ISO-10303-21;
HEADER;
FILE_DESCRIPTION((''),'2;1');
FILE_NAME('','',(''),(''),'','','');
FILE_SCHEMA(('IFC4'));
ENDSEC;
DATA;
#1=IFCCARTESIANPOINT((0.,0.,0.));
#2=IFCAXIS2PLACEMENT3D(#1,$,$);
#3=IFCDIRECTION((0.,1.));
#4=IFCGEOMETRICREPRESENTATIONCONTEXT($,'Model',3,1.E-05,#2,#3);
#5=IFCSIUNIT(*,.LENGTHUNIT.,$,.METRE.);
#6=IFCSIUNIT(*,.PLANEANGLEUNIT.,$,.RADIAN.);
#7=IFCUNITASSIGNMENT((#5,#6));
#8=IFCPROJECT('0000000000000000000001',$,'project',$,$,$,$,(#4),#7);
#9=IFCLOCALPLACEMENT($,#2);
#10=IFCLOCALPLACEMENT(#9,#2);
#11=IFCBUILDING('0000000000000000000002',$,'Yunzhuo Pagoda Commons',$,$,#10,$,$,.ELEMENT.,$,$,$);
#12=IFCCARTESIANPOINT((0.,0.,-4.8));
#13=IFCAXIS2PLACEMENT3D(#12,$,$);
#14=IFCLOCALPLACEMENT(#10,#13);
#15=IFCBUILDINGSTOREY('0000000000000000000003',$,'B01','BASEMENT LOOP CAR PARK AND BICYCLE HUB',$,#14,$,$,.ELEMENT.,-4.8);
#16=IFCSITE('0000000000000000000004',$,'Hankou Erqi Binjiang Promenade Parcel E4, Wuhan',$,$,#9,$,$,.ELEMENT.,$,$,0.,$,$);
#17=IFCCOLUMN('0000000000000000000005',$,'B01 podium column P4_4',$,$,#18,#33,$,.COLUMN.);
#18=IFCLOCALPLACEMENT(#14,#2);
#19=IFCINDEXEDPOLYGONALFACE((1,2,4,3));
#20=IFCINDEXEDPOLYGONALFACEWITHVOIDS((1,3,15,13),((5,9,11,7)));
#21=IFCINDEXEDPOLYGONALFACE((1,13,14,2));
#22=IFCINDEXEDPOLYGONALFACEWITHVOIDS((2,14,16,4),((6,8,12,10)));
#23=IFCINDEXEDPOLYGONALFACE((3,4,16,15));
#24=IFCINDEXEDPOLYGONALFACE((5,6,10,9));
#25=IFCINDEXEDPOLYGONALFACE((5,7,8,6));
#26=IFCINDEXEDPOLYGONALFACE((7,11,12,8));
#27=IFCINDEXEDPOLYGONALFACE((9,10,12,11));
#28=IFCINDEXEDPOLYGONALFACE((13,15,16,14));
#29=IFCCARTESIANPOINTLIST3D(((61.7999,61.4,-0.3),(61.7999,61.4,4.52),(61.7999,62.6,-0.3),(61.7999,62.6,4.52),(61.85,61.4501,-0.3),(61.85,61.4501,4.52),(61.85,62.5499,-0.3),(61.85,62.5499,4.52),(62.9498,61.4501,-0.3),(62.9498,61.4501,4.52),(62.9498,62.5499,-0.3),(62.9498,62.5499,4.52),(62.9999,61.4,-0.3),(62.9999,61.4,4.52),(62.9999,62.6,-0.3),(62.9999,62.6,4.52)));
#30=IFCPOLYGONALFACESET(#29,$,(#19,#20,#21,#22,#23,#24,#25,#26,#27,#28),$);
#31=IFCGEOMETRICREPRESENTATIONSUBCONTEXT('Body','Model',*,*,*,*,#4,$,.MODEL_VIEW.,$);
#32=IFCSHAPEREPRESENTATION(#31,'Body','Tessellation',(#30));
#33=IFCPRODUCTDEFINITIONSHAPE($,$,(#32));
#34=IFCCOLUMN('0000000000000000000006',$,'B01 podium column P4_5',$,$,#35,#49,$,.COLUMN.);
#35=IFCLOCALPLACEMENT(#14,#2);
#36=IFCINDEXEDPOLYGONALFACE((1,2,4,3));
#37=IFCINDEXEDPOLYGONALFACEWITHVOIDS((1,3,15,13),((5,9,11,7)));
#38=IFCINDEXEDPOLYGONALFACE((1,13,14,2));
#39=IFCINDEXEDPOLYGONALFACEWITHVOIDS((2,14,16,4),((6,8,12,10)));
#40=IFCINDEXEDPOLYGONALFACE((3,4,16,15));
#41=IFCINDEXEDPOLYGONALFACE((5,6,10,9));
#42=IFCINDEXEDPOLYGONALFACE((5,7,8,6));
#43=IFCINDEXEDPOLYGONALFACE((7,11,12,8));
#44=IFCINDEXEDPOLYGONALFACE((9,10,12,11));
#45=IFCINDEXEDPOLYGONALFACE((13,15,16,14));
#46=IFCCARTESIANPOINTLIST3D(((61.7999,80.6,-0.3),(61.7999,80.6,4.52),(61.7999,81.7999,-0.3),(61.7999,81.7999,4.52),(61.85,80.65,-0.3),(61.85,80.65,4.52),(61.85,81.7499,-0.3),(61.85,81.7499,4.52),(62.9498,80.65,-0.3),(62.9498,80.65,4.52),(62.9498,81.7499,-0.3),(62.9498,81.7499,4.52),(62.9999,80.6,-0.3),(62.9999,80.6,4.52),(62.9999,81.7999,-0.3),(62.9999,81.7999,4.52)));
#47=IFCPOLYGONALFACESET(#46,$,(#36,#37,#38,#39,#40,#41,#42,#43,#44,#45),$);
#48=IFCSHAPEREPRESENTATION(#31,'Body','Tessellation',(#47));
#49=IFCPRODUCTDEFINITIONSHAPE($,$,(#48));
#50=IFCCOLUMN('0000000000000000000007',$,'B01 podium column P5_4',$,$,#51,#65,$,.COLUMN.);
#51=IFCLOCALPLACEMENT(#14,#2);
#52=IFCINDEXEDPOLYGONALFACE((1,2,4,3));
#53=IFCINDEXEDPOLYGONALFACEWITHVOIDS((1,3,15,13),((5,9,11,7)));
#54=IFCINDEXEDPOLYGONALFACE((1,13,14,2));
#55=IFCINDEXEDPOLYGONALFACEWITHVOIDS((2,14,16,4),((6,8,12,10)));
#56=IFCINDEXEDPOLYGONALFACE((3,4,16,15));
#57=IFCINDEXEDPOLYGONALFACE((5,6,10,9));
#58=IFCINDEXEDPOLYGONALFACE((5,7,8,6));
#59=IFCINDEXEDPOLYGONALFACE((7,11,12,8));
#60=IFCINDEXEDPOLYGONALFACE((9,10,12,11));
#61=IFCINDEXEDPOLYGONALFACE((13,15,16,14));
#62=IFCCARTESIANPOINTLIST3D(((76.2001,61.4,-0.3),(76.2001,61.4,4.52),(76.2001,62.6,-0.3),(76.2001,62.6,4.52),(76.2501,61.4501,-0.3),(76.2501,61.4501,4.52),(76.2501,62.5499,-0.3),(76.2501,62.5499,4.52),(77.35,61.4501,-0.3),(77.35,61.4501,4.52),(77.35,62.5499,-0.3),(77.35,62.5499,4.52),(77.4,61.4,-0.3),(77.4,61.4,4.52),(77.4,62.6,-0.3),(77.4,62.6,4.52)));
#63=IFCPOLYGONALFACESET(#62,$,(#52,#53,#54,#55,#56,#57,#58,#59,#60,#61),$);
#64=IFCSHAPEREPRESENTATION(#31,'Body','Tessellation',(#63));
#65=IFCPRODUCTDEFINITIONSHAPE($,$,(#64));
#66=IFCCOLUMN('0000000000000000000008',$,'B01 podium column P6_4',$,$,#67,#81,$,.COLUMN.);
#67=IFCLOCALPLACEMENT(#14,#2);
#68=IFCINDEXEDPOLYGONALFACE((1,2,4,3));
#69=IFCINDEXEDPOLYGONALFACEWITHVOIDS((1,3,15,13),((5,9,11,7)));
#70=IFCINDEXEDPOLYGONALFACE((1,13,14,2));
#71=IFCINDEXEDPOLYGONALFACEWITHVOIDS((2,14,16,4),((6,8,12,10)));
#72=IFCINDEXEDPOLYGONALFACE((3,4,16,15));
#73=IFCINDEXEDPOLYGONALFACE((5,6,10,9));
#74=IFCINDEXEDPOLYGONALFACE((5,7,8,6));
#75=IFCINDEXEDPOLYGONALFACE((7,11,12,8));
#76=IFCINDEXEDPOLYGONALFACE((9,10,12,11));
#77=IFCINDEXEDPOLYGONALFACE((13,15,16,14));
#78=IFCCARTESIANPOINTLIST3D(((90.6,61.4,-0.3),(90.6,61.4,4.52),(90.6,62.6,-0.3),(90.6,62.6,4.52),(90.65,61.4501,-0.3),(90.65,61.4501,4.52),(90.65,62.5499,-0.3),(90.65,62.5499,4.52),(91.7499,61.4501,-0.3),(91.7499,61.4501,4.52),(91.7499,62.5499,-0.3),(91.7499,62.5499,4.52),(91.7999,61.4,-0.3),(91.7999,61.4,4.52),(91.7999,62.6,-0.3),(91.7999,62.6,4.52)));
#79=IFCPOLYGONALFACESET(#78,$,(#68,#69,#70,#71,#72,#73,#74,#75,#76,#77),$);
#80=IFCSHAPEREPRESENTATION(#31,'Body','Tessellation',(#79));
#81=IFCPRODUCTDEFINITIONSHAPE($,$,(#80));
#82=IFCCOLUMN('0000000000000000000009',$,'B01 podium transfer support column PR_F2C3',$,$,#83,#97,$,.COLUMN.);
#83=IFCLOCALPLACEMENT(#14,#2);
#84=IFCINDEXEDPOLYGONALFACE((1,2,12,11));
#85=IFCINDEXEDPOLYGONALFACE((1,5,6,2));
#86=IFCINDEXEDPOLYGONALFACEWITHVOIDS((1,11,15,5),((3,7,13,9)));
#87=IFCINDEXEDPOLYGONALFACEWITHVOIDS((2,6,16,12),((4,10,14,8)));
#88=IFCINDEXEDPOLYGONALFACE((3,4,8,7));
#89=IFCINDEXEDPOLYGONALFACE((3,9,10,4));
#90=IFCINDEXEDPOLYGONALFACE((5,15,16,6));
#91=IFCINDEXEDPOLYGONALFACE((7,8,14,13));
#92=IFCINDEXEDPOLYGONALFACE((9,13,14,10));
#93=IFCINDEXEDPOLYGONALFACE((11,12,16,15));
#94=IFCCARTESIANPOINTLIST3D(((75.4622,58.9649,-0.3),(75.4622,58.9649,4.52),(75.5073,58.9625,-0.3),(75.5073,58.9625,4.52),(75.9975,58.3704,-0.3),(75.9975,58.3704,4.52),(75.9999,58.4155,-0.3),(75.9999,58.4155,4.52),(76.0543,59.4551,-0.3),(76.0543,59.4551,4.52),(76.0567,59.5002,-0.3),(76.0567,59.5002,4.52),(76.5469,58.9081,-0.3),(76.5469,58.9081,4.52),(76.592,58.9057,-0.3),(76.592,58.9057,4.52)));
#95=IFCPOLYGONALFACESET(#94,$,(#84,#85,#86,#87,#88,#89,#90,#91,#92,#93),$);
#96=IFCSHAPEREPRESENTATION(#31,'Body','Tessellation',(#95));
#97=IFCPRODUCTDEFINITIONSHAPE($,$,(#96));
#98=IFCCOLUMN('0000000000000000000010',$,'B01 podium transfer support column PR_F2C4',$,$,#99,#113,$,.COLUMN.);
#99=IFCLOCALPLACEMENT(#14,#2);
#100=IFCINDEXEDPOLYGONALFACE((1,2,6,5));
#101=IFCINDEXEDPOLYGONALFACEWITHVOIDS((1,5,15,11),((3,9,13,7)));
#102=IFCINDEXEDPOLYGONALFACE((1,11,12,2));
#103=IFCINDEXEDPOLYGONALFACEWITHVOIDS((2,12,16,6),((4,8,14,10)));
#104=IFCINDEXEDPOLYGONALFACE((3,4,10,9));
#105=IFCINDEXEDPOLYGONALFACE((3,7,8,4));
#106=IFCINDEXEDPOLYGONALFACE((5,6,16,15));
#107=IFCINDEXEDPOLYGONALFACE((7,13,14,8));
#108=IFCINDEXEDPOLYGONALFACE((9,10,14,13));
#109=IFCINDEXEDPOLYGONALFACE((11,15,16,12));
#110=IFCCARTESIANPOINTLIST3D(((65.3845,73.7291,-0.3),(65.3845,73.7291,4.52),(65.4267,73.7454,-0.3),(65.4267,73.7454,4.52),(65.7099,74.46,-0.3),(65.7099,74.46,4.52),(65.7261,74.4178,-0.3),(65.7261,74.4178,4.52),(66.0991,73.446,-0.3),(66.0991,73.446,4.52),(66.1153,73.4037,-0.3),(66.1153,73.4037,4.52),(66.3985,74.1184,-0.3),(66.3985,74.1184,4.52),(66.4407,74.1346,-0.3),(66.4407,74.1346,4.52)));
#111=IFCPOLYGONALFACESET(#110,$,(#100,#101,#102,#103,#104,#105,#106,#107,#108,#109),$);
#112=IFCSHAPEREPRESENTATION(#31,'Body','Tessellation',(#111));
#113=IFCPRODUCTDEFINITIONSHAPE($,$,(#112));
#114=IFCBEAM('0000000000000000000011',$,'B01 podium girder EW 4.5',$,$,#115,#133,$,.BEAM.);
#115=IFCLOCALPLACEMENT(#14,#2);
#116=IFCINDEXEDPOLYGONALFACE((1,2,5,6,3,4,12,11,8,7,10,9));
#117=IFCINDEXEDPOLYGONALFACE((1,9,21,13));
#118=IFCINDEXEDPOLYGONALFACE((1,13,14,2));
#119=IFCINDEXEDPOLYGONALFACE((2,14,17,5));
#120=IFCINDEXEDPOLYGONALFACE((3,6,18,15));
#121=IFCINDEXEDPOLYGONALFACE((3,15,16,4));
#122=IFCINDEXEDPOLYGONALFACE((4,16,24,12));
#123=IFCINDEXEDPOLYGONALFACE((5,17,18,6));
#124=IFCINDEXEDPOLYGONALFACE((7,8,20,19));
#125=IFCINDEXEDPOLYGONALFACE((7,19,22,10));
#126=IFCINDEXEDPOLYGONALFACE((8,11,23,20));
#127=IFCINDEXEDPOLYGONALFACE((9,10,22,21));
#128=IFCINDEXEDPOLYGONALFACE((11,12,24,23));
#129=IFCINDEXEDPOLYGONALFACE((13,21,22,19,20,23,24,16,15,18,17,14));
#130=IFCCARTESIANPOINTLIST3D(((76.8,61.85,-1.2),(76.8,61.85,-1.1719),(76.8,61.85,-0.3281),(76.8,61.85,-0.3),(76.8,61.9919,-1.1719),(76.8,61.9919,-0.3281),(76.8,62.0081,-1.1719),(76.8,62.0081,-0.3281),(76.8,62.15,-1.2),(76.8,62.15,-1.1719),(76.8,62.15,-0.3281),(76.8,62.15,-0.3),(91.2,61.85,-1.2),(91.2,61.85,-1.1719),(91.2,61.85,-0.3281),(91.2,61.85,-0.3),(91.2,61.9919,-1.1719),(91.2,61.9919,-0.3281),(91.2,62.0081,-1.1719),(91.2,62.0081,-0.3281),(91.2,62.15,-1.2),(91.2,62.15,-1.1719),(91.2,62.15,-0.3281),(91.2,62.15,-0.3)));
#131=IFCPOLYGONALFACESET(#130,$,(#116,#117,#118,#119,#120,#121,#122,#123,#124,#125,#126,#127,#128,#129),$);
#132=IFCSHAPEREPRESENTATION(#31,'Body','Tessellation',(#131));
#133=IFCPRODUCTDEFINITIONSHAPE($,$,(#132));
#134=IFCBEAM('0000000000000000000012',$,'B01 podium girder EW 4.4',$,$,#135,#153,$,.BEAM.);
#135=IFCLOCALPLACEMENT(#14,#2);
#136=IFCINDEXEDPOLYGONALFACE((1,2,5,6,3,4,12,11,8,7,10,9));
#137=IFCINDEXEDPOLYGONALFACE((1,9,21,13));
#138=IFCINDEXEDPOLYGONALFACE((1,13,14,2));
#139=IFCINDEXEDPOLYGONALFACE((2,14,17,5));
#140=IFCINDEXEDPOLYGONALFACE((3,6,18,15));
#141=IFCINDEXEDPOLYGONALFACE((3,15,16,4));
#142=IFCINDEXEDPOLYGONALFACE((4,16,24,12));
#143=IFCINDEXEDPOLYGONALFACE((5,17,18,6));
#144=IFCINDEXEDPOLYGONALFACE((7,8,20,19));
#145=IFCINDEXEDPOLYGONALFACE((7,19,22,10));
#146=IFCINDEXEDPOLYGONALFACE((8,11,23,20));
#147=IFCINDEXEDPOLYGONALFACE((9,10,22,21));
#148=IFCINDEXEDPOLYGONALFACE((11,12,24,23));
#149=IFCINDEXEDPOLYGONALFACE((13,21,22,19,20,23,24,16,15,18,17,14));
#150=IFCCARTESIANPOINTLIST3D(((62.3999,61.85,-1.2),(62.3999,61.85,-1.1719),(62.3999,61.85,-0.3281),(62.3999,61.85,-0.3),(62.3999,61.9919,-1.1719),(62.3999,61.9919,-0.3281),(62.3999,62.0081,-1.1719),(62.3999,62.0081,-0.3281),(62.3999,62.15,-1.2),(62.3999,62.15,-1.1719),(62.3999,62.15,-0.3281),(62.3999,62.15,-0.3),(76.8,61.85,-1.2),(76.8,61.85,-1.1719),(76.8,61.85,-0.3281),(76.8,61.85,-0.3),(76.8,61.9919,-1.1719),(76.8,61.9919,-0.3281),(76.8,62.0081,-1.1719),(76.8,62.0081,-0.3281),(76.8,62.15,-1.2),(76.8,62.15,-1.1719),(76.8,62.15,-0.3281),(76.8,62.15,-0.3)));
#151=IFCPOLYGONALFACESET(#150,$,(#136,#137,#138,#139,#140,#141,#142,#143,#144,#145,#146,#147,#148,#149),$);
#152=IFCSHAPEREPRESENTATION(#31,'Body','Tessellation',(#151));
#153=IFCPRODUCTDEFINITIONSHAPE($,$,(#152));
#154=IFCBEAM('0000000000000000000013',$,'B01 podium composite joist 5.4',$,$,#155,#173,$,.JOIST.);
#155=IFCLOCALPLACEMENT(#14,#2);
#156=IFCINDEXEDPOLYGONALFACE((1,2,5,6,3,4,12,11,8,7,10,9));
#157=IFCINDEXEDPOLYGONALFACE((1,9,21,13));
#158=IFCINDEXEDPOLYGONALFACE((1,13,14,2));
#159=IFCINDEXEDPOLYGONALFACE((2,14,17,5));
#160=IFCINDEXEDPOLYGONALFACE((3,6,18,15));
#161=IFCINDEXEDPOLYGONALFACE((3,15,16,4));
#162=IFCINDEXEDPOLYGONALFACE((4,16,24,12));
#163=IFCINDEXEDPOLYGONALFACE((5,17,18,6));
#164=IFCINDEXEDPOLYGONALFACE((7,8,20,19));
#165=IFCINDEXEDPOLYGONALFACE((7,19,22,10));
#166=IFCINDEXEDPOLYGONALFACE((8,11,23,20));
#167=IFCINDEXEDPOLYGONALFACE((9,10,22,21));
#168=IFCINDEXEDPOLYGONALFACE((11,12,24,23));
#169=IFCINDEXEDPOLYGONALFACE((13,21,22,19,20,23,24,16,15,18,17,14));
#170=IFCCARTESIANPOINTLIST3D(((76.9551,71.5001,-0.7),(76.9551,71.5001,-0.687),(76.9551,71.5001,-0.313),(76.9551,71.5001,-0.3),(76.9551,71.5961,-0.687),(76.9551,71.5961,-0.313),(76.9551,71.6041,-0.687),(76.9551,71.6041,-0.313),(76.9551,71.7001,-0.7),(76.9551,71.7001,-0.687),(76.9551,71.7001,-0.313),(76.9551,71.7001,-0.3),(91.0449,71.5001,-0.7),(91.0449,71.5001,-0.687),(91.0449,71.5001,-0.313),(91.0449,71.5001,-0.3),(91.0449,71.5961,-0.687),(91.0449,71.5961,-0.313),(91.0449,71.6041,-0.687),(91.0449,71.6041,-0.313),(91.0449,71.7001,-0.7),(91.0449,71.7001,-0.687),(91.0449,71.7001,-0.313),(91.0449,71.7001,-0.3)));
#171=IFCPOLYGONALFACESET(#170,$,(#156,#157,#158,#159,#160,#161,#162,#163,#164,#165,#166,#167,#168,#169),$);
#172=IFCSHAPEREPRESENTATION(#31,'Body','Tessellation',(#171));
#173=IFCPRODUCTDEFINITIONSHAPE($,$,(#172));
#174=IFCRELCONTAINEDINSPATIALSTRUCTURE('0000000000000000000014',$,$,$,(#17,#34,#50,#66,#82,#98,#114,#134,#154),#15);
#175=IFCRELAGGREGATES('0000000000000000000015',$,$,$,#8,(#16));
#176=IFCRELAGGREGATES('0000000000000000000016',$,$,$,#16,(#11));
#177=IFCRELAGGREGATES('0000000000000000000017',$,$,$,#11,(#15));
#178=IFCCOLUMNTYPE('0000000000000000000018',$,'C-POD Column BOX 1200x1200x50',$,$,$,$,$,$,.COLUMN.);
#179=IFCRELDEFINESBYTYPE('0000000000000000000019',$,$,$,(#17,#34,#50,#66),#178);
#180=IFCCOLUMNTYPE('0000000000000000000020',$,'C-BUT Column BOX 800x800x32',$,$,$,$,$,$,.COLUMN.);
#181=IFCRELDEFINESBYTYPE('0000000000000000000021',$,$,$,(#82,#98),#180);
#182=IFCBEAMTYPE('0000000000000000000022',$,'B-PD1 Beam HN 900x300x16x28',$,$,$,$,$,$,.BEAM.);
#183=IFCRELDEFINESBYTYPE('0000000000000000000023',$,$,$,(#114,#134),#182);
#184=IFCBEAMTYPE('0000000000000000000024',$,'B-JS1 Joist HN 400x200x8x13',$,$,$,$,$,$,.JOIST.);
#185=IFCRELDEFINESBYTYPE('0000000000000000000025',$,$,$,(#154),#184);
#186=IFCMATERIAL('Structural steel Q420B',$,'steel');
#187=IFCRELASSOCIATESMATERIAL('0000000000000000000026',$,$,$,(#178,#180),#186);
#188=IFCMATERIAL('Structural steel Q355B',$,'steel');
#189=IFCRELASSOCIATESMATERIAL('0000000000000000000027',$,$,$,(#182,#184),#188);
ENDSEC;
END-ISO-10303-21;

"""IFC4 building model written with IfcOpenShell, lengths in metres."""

from ifc_helpers import new_model, si_unit, direction, frame, origin, origin_2d, place, context, subcontext, project, spatial, hollow_rectangle, i_section, extrude, source, transform, mapped, material, material_profile, profile_set, type_object, element, save


model = new_model("IFC4")

# Units and contexts
model_context = context("Model", 3, precision=1e-05, world=origin(), true_north=direction((0.0, 1.0)))
body_context = subcontext(model_context, "Body", "Model", "MODEL_VIEW")
ifc_project = project(units=[si_unit("LENGTHUNIT", "METRE"), si_unit("PLANEANGLEUNIT", "RADIAN")], contexts=[model_context])

# Site, building, storey
site_placement = place(None, origin())
site = spatial("IfcSite", under=ifc_project, at=site_placement, Name="Hankou Erqi Binjiang Promenade Parcel E4, Wuhan", CompositionType="ELEMENT", RefElevation=0.0)
building_placement = place(site_placement, origin())
building = spatial("IfcBuilding", under=site, at=building_placement, Name="Yunzhuo Pagoda Commons", CompositionType="ELEMENT")
storey_placement = place(building_placement, frame((0.0, 0.0, -4.8)))
storey = spatial("IfcBuildingStorey", under=building, at=storey_placement, Name="B01", Description="BASEMENT LOOP CAR PARK AND BICYCLE HUB", CompositionType="ELEMENT", Elevation=-4.8)

# Columns
ifc_material_1 = material(Name="Structural steel Q420B", Category="steel")
ifc_material_profile_1 = material_profile(ifc_material_1, hollow_rectangle(XDim=1.2, YDim=1.2, WallThickness=0.05, at=origin_2d()), Name="Structural steel Q420B")
ifc_profile_set_1 = profile_set([ifc_material_profile_1], Name="Structural steel Q420B")
column_type_1 = type_object("IfcColumnType", Name="C-POD Column BOX 1200x1200x50", PredefinedType="COLUMN", material=ifc_profile_set_1)
shared_shape_1 = source(origin(), body_context, "Body", "SweptSolid", [
    extrude(hollow_rectangle(XDim=1.2, YDim=1.2, WallThickness=0.05, at=origin_2d()), origin(), (0.0, 0.0, 1.0), 4.8201),
])
for number, where, z_axis, x_axis, name in (
    (1, (62.3999, 62.0, -0.3), (0.0, 0.0, 1.0), (1.0, 0.0, 0.0), "B01 podium column P4_4"),
    (2, (62.3999, 81.2, -0.3), (0.0, 0.0, 1.0), (1.0, 0.0, 0.0), "B01 podium column P4_5"),
    (3, (76.8, 62.0, -0.3), (0.0, 0.0, 1.0), (1.0, 0.0, 0.0), "B01 podium column P5_4"),
    (4, (91.2, 62.0, -0.3), (0.0, 0.0, 1.0), (1.0, 0.0, 0.0), "B01 podium column P6_4"),
):
    element("IfcColumn", number, at=place(storey_placement, frame(where, z_axis=z_axis, x_axis=x_axis)), inside=storey, type_object=column_type_1, Name=name, PredefinedType="COLUMN", context=body_context, shape_type="MappedRepresentation", body=[
        mapped(shared_shape_1, transform((0.0, 0.0, 0.0), scale=1.0)),
    ])
ifc_material_profile_2 = material_profile(ifc_material_1, hollow_rectangle(XDim=0.8, YDim=0.8, WallThickness=0.032, at=origin_2d()), Name="Structural steel Q420B")
ifc_profile_set_2 = profile_set([ifc_material_profile_2], Name="Structural steel Q420B")
column_type_2 = type_object("IfcColumnType", Name="C-BUT Column BOX 800x800x32", PredefinedType="COLUMN", material=ifc_profile_set_2)
shared_shape_2 = source(origin(), body_context, "Body", "SweptSolid", [
    extrude(hollow_rectangle(XDim=0.8, YDim=0.8, WallThickness=0.032, at=origin_2d()), origin(), (0.0, 0.0, 1.0), 4.8201),
])
for number, where, z_axis, x_axis, name in (
    (5, (76.0271, 58.9353, -0.3), (0.0, 0.0, 1.0), (-0.669131, 0.743145, 0.0), "B01 podium transfer support column PR_F2C3"),
    (6, (65.9126, 73.9319, -0.3), (0.0, 0.0, 1.0), (-0.913545, 0.406737, 0.0), "B01 podium transfer support column PR_F2C4"),
):
    element("IfcColumn", number, at=place(storey_placement, frame(where, z_axis=z_axis, x_axis=x_axis)), inside=storey, type_object=column_type_2, Name=name, PredefinedType="COLUMN", context=body_context, shape_type="MappedRepresentation", body=[
        mapped(shared_shape_2, transform((0.0, 0.0, 0.0), scale=1.0)),
    ])

# Beams
ifc_material_2 = material(Name="Structural steel Q355B", Category="steel")
ifc_material_profile_3 = material_profile(ifc_material_2, i_section(OverallWidth=0.3, OverallDepth=0.8999, WebThickness=0.0161, FlangeThickness=0.0281, at=origin_2d()), Name="Structural steel Q355B")
ifc_profile_set_3 = profile_set([ifc_material_profile_3], Name="Structural steel Q355B")
beam_type_1 = type_object("IfcBeamType", Name="B-PD1 Beam HN 900x300x16x28", PredefinedType="BEAM", material=ifc_profile_set_3)
shared_shape_3 = source(origin(), body_context, "Body", "SweptSolid", [
    extrude(i_section(OverallWidth=0.3, OverallDepth=0.8999, WebThickness=0.0161, FlangeThickness=0.0281, at=origin_2d()), origin(), (0.0, 0.0, 1.0), 14.3999),
])
beam_1_placement = place(storey_placement, frame((76.8, 62.0, -0.75), z_axis=(1.0, 0.0, 0.0), x_axis=(0.0, 1.0, 0.0)))
element("IfcBeam", 7, at=beam_1_placement, inside=storey, type_object=beam_type_1, Name="B01 podium girder EW 4.5", PredefinedType="BEAM", context=body_context, shape_type="MappedRepresentation", body=[
    mapped(shared_shape_3, transform((0.0, 0.0, 0.0), scale=1.0)),
])
shared_shape_4 = source(origin(), body_context, "Body", "SweptSolid", [
    extrude(i_section(OverallWidth=0.3, OverallDepth=0.8999, WebThickness=0.0161, FlangeThickness=0.0281, at=origin_2d()), origin(), (0.0, 0.0, 1.0), 14.4001),
])
beam_2_placement = place(storey_placement, frame((62.3999, 62.0, -0.75), z_axis=(1.0, 0.0, 0.0), x_axis=(0.0, 1.0, 0.0)))
element("IfcBeam", 8, at=beam_2_placement, inside=storey, type_object=beam_type_1, Name="B01 podium girder EW 4.4", PredefinedType="BEAM", context=body_context, shape_type="MappedRepresentation", body=[
    mapped(shared_shape_4, transform((0.0, 0.0, 0.0), scale=1.0)),
])
ifc_material_profile_4 = material_profile(ifc_material_2, i_section(OverallWidth=0.2, OverallDepth=0.3999, WebThickness=0.0081, FlangeThickness=0.0129, at=origin_2d()), Name="Structural steel Q355B")
ifc_profile_set_4 = profile_set([ifc_material_profile_4], Name="Structural steel Q355B")
beam_type_2 = type_object("IfcBeamType", Name="B-JS1 Joist HN 400x200x8x13", PredefinedType="JOIST", material=ifc_profile_set_4)
shared_shape_5 = source(origin(), body_context, "Body", "SweptSolid", [
    extrude(i_section(OverallWidth=0.2, OverallDepth=0.3999, WebThickness=0.0081, FlangeThickness=0.0129, at=origin_2d()), origin(), (0.0, 0.0, 1.0), 14.0898),
])
beam_3_placement = place(storey_placement, frame((76.9551, 71.6001, -0.5), z_axis=(1.0, 0.0, 0.0), x_axis=(0.0, 1.0, 0.0)))
element("IfcBeam", 9, at=beam_3_placement, inside=storey, type_object=beam_type_2, Name="B01 podium composite joist 5.4", PredefinedType="JOIST", context=body_context, shape_type="MappedRepresentation", body=[
    mapped(shared_shape_5, transform((0.0, 0.0, 0.0), scale=1.0)),
])

save(model, "model.ifc")
